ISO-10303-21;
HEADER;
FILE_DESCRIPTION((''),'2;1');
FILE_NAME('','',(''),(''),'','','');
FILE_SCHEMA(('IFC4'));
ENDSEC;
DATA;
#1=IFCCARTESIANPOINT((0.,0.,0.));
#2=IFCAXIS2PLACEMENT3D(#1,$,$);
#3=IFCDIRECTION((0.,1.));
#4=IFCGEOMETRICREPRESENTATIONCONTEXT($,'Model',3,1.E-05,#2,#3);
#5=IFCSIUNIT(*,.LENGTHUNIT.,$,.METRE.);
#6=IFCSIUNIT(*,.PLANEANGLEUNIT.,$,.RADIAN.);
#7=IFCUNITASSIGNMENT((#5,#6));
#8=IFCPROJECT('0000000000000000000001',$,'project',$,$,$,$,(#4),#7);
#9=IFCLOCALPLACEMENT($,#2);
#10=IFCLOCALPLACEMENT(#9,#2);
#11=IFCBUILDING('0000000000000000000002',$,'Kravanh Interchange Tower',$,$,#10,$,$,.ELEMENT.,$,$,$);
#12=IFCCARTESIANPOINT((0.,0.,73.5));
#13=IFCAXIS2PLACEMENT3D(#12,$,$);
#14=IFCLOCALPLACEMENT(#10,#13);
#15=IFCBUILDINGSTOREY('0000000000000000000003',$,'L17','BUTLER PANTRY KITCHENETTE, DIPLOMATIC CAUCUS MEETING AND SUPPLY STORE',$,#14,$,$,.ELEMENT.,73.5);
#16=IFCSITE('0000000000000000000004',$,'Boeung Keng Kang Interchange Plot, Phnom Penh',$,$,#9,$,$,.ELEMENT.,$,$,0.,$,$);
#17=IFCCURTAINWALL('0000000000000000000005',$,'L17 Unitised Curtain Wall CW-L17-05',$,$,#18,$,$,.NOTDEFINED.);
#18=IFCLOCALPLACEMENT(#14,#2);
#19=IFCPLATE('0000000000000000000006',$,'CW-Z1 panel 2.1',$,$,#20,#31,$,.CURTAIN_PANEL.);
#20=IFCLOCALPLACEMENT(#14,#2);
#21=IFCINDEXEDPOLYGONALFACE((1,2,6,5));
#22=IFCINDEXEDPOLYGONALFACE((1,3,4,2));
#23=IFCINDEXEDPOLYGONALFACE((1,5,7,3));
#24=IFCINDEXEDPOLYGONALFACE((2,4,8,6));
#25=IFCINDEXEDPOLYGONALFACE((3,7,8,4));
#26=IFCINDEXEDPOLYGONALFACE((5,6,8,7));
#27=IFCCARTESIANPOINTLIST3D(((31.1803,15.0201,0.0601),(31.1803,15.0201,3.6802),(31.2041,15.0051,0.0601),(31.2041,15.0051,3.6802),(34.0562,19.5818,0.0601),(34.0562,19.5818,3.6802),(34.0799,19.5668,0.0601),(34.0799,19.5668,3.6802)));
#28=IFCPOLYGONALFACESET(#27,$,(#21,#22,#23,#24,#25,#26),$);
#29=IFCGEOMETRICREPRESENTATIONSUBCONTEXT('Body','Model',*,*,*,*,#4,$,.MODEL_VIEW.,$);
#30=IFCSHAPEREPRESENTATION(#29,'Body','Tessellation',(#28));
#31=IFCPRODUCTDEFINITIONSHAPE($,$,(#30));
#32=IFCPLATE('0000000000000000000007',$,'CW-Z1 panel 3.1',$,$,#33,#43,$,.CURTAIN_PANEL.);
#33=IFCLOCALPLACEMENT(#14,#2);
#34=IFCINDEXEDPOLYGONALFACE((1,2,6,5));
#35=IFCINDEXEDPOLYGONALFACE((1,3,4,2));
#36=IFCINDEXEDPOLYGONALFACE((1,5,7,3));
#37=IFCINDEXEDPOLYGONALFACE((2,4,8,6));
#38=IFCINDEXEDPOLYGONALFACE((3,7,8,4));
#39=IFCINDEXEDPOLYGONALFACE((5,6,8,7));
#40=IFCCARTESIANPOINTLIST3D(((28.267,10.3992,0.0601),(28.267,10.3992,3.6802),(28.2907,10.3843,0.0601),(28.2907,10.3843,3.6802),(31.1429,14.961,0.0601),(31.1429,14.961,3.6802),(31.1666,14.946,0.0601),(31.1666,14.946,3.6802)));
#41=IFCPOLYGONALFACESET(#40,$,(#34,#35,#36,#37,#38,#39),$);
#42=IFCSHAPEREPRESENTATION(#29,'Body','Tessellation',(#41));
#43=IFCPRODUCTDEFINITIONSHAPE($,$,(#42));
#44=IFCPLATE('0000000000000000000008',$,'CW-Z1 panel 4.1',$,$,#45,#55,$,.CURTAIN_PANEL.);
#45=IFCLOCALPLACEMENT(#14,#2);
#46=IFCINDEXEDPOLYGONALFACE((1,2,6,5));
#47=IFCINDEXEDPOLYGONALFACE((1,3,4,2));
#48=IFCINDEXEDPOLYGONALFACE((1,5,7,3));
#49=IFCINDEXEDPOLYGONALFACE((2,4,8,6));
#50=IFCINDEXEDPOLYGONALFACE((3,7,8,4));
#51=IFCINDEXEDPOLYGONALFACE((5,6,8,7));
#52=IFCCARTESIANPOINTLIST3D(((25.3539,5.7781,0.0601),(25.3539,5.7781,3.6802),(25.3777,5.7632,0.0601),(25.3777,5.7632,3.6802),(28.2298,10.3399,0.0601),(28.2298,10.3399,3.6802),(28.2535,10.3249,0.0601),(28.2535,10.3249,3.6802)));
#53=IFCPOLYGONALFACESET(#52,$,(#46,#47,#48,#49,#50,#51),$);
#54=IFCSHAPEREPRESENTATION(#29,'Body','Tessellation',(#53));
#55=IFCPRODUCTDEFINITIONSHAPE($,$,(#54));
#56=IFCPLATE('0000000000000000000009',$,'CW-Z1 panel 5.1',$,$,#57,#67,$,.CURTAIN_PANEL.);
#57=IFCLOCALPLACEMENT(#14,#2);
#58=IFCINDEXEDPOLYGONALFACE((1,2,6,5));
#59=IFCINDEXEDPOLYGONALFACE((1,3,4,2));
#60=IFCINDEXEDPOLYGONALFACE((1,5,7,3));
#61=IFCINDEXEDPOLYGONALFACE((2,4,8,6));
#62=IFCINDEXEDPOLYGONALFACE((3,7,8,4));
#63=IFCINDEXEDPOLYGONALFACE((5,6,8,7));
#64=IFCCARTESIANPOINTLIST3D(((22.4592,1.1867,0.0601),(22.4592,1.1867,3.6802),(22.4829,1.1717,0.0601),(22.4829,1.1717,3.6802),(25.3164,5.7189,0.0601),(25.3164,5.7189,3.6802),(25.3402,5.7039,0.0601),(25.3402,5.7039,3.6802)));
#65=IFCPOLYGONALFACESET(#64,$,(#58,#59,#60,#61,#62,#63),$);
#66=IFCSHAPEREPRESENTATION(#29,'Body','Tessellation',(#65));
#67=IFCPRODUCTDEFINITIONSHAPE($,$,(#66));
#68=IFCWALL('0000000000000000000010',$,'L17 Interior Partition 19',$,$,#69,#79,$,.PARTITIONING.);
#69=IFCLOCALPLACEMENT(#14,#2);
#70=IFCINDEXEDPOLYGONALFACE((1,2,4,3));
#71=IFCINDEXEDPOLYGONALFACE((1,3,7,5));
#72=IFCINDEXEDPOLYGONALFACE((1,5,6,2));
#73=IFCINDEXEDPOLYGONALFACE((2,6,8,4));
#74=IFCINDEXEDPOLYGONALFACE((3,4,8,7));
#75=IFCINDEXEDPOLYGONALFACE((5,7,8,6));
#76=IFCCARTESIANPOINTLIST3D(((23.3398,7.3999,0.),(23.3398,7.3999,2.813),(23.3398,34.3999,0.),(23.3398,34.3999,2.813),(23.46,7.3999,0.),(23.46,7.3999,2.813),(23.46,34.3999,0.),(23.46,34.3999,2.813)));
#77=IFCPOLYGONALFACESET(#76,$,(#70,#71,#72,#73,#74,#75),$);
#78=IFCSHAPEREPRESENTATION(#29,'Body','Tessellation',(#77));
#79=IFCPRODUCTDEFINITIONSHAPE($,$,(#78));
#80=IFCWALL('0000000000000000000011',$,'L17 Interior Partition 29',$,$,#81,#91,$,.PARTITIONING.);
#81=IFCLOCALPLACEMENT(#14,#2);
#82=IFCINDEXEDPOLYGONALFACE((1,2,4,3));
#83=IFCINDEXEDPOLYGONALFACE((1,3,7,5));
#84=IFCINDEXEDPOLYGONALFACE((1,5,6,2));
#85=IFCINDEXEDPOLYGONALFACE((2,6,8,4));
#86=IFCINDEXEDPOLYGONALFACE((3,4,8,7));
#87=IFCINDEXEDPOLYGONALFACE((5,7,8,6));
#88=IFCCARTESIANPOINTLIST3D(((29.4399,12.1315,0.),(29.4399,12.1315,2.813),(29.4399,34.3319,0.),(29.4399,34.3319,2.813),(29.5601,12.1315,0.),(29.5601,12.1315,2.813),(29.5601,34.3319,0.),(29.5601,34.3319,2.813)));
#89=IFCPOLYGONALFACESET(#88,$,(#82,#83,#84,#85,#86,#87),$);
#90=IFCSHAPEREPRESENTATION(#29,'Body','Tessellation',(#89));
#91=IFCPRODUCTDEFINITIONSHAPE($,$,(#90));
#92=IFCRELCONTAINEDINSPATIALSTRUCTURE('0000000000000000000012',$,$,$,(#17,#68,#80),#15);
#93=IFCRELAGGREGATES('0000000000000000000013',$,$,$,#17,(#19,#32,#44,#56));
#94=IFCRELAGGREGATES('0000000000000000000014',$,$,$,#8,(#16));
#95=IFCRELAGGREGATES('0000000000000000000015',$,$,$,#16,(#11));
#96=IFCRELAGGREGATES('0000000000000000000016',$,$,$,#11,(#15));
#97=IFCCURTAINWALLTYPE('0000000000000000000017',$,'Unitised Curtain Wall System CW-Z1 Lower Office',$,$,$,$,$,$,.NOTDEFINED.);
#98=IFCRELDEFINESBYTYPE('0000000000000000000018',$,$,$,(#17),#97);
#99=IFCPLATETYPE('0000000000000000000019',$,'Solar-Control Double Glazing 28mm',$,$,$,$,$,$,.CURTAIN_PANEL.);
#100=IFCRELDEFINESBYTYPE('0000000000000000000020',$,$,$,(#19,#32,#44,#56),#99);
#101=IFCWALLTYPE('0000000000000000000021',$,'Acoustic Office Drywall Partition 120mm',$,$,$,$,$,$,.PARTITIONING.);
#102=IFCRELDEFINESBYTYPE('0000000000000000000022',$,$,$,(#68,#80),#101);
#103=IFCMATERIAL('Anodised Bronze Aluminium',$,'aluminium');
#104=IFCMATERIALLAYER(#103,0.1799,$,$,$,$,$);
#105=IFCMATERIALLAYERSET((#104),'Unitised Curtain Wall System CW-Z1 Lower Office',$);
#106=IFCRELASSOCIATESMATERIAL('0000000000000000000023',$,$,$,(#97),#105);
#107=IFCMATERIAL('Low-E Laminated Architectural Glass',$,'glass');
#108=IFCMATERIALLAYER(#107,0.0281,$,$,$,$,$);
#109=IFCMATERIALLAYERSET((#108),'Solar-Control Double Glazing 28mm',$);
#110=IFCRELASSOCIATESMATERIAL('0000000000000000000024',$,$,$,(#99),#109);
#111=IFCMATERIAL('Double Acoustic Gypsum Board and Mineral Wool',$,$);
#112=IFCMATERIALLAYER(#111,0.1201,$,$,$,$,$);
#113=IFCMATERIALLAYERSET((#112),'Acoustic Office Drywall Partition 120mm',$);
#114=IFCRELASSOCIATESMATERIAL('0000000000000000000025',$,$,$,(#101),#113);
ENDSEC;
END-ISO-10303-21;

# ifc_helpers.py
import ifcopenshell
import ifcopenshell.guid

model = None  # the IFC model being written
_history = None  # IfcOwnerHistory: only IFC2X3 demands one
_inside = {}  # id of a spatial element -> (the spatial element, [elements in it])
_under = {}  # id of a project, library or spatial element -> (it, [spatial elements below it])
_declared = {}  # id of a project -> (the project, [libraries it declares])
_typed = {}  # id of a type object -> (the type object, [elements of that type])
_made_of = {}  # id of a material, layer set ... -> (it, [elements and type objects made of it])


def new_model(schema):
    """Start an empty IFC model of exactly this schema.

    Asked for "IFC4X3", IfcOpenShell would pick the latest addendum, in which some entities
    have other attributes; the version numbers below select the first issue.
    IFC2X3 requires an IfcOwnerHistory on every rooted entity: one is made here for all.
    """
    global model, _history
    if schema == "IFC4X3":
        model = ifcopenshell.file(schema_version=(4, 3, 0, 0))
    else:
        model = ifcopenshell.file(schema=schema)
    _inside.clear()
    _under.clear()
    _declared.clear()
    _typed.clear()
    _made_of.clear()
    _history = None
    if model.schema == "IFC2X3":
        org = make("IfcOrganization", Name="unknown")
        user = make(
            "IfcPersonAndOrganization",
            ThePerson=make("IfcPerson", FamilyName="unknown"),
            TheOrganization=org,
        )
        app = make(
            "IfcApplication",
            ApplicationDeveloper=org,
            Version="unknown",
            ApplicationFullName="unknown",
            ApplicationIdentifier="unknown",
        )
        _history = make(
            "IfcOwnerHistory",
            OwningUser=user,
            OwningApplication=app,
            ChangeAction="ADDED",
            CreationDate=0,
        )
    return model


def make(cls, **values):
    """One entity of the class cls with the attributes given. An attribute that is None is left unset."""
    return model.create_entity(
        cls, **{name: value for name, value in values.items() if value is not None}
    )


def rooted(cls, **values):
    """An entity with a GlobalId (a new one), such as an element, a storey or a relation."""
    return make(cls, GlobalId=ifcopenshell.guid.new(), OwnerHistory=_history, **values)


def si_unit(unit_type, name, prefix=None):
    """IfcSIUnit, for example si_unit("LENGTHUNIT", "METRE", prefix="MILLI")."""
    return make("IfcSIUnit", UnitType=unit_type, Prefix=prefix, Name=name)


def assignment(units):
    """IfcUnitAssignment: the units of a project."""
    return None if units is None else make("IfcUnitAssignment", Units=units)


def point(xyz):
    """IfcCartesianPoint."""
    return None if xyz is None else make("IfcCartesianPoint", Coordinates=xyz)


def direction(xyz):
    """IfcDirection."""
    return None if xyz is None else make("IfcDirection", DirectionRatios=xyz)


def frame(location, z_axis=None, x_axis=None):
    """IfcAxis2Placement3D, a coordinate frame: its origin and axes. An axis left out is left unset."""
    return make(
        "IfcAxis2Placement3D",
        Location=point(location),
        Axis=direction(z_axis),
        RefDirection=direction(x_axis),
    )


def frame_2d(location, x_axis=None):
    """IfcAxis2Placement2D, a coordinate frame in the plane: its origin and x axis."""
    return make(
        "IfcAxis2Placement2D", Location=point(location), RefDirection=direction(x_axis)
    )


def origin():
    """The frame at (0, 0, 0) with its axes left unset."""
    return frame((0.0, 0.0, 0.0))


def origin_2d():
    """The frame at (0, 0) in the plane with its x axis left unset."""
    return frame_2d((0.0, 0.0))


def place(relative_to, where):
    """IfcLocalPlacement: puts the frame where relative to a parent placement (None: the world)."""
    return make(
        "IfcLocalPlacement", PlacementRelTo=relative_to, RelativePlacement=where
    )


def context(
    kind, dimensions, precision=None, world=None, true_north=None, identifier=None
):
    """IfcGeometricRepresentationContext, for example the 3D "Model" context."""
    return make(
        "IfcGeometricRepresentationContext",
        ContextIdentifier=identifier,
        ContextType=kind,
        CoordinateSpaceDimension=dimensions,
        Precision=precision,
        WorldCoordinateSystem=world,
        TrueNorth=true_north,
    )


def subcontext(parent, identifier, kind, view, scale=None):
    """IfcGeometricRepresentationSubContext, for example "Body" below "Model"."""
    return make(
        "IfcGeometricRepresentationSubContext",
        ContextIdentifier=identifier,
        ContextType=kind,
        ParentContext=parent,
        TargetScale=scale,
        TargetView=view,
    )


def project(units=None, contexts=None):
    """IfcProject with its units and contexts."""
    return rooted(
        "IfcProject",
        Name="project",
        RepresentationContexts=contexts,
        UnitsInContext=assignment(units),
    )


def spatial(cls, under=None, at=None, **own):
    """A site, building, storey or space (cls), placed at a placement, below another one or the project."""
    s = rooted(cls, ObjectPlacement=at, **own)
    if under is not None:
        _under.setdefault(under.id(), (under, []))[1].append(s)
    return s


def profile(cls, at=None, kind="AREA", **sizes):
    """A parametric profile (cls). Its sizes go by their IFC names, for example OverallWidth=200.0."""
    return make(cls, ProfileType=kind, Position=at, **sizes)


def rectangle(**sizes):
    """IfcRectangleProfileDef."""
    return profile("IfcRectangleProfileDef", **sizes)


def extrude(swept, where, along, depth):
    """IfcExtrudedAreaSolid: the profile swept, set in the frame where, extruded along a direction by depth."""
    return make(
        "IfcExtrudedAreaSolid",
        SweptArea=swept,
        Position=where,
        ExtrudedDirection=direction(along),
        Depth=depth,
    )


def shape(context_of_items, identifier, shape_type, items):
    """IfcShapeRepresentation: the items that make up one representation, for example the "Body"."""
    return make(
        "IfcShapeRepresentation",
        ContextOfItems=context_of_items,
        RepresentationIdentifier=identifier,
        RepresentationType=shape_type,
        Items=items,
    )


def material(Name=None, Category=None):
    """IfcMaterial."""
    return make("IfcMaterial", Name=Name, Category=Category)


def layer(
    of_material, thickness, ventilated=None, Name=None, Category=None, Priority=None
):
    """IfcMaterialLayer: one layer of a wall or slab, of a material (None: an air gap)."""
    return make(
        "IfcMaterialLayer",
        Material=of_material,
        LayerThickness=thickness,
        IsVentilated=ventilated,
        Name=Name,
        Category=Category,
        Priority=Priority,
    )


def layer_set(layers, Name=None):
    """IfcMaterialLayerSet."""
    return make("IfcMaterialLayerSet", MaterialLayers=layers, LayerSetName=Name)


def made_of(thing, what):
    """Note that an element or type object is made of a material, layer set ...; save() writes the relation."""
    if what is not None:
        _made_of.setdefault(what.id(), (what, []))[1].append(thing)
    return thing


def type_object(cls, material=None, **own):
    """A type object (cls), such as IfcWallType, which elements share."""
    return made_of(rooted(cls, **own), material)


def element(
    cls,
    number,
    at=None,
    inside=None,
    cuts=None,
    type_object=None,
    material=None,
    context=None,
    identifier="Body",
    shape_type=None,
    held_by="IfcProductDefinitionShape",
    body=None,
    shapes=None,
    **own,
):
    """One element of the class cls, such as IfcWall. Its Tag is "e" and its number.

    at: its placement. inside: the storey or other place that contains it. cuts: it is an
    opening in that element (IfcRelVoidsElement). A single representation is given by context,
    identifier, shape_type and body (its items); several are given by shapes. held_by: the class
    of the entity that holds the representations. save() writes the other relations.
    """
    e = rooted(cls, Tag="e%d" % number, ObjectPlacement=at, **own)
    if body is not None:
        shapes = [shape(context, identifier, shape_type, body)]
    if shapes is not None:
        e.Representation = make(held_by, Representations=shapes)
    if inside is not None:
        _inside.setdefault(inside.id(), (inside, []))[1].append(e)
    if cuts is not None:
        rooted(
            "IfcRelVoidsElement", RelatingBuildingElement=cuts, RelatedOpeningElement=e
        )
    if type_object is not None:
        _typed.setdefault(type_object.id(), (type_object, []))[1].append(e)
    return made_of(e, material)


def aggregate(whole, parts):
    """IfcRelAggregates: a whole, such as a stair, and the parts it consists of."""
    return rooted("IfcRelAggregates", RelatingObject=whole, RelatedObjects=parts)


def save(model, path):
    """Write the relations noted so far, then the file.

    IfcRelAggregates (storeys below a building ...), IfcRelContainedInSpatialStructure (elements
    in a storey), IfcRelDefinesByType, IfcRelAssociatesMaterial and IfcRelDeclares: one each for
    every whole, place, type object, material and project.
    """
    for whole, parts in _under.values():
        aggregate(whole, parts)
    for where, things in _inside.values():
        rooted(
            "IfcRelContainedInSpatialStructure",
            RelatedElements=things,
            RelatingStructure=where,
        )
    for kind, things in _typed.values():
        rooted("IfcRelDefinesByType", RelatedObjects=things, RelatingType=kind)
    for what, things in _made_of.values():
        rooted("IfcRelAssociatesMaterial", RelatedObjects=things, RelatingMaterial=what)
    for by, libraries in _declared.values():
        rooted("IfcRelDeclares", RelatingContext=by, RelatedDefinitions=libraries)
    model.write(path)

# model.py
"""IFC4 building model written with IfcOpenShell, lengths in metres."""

from ifc_helpers import new_model, si_unit, direction, frame, frame_2d, origin, origin_2d, place, context, subcontext, project, spatial, rectangle, extrude, material, layer, layer_set, type_object, element, aggregate, save


model = new_model("IFC4")

# Units and contexts
model_context = context("Model", 3, precision=1e-05, world=origin(), true_north=direction((0.0, 1.0)))
body_context = subcontext(model_context, "Body", "Model", "MODEL_VIEW")
ifc_project = project(units=[si_unit("LENGTHUNIT", "METRE"), si_unit("PLANEANGLEUNIT", "RADIAN")], contexts=[model_context])

# Site, building, storey
site_placement = place(None, origin())
site = spatial("IfcSite", under=ifc_project, at=site_placement, Name="Boeung Keng Kang Interchange Plot, Phnom Penh", CompositionType="ELEMENT", RefElevation=0.0)
building_placement = place(site_placement, origin())
building = spatial("IfcBuilding", under=site, at=building_placement, Name="Kravanh Interchange Tower", CompositionType="ELEMENT")
storey_placement = place(building_placement, frame((0.0, 0.0, 73.5)))
storey = spatial("IfcBuildingStorey", under=building, at=storey_placement, Name="L17", Description="BUTLER PANTRY KITCHENETTE, DIPLOMATIC CAUCUS MEETING AND SUPPLY STORE", CompositionType="ELEMENT", Elevation=73.5)

# Curtain wall
ifc_material_1 = material(Name="Anodised Bronze Aluminium", Category="aluminium")
ifc_layer_1 = layer(ifc_material_1, 0.1799)
ifc_layer_set_1 = layer_set([ifc_layer_1], Name="Unitised Curtain Wall System CW-Z1 Lower Office")
curtain_wall_type = type_object("IfcCurtainWallType", Name="Unitised Curtain Wall System CW-Z1 Lower Office", PredefinedType="NOTDEFINED", material=ifc_layer_set_1)
curtain_wall_1_placement = place(storey_placement, origin())
curtain_wall_1 = element("IfcCurtainWall", 1, at=curtain_wall_1_placement, inside=storey, type_object=curtain_wall_type, Name="L17 Unitised Curtain Wall CW-L17-05", PredefinedType="NOTDEFINED")

# Plates
ifc_material_2 = material(Name="Low-E Laminated Architectural Glass", Category="glass")
ifc_layer_2 = layer(ifc_material_2, 0.0281)
ifc_layer_set_2 = layer_set([ifc_layer_2], Name="Solar-Control Double Glazing 28mm")
plate_type = type_object("IfcPlateType", Name="Solar-Control Double Glazing 28mm", PredefinedType="CURTAIN_PANEL", material=ifc_layer_set_2)
plate_1_placement = place(storey_placement, frame((32.6301, 17.2935, 0.0601), z_axis=(0.0, 0.0, 1.0), x_axis=(-0.533301, -0.845926, 0.0)))
plate_1 = element("IfcPlate", 2, at=plate_1_placement, type_object=plate_type, Name="CW-Z1 panel 2.1", PredefinedType="CURTAIN_PANEL", context=body_context, shape_type="SweptSolid", body=[
    extrude(rectangle(XDim=5.3926, YDim=0.0281, at=origin_2d()), origin(), (0.0, 0.0, 1.0), 3.6201),
])
plate_2_placement = place(storey_placement, frame((29.7168, 12.6726, 0.0601), z_axis=(0.0, 0.0, 1.0), x_axis=(-0.533301, -0.845926, 0.0)))
plate_2 = element("IfcPlate", 3, at=plate_2_placement, type_object=plate_type, Name="CW-Z1 panel 3.1", PredefinedType="CURTAIN_PANEL", context=body_context, shape_type="SweptSolid", body=[
    extrude(rectangle(XDim=5.3926, YDim=0.0281, at=origin_2d()), origin(), (0.0, 0.0, 1.0), 3.6201),
])
plate_3_placement = place(storey_placement, frame((26.8037, 8.0515, 0.0601), z_axis=(0.0, 0.0, 1.0), x_axis=(-0.533301, -0.845926, 0.0)))
plate_3 = element("IfcPlate", 4, at=plate_3_placement, type_object=plate_type, Name="CW-Z1 panel 4.1", PredefinedType="CURTAIN_PANEL", context=body_context, shape_type="SweptSolid", body=[
    extrude(rectangle(XDim=5.3926, YDim=0.0281, at=origin_2d()), origin(), (0.0, 0.0, 1.0), 3.6201),
])
plate_4_placement = place(storey_placement, frame((23.8997, 3.4453, 0.0601), z_axis=(0.0, 0.0, 1.0), x_axis=(-0.533301, -0.845926, 0.0)))
plate_4 = element("IfcPlate", 5, at=plate_4_placement, type_object=plate_type, Name="CW-Z1 panel 5.1", PredefinedType="CURTAIN_PANEL", context=body_context, shape_type="SweptSolid", body=[
    extrude(rectangle(XDim=5.3577, YDim=0.0281, at=origin_2d()), origin(), (0.0, 0.0, 1.0), 3.6201),
])
aggregate(curtain_wall_1, [plate_1, plate_2, plate_3, plate_4])

# Walls
ifc_material_3 = material(Name="Double Acoustic Gypsum Board and Mineral Wool")
ifc_layer_3 = layer(ifc_material_3, 0.1201)
ifc_layer_set_3 = layer_set([ifc_layer_3], Name="Acoustic Office Drywall Partition 120mm")
wall_type = type_object("IfcWallType", Name="Acoustic Office Drywall Partition 120mm", PredefinedType="PARTITIONING", material=ifc_layer_set_3)
wall_1_placement = place(storey_placement, frame((23.3999, 7.3999, 0.0), z_axis=(0.0, 0.0, 1.0), x_axis=(0.0, 1.0, 0.0)))
element("IfcWall", 6, at=wall_1_placement, inside=storey, type_object=wall_type, Name="L17 Interior Partition 19", PredefinedType="PARTITIONING", context=body_context, shape_type="SweptSolid", body=[
    extrude(rectangle(XDim=27.0, YDim=0.1201, at=frame_2d((13.5, 0.0))), origin(), (0.0, 0.0, 1.0), 2.813),
])
wall_2_placement = place(storey_placement, frame((29.5, 12.1316, 0.0), z_axis=(0.0, 0.0, 1.0), x_axis=(0.0, 1.0, 0.0)))
element("IfcWall", 7, at=wall_2_placement, inside=storey, type_object=wall_type, Name="L17 Interior Partition 29", PredefinedType="PARTITIONING", context=body_context, shape_type="SweptSolid", body=[
    extrude(rectangle(XDim=22.2004, YDim=0.1201, at=frame_2d((11.1001, 0.0))), origin(), (0.0, 0.0, 1.0), 2.813),
])

save(model, "model.ifc")
